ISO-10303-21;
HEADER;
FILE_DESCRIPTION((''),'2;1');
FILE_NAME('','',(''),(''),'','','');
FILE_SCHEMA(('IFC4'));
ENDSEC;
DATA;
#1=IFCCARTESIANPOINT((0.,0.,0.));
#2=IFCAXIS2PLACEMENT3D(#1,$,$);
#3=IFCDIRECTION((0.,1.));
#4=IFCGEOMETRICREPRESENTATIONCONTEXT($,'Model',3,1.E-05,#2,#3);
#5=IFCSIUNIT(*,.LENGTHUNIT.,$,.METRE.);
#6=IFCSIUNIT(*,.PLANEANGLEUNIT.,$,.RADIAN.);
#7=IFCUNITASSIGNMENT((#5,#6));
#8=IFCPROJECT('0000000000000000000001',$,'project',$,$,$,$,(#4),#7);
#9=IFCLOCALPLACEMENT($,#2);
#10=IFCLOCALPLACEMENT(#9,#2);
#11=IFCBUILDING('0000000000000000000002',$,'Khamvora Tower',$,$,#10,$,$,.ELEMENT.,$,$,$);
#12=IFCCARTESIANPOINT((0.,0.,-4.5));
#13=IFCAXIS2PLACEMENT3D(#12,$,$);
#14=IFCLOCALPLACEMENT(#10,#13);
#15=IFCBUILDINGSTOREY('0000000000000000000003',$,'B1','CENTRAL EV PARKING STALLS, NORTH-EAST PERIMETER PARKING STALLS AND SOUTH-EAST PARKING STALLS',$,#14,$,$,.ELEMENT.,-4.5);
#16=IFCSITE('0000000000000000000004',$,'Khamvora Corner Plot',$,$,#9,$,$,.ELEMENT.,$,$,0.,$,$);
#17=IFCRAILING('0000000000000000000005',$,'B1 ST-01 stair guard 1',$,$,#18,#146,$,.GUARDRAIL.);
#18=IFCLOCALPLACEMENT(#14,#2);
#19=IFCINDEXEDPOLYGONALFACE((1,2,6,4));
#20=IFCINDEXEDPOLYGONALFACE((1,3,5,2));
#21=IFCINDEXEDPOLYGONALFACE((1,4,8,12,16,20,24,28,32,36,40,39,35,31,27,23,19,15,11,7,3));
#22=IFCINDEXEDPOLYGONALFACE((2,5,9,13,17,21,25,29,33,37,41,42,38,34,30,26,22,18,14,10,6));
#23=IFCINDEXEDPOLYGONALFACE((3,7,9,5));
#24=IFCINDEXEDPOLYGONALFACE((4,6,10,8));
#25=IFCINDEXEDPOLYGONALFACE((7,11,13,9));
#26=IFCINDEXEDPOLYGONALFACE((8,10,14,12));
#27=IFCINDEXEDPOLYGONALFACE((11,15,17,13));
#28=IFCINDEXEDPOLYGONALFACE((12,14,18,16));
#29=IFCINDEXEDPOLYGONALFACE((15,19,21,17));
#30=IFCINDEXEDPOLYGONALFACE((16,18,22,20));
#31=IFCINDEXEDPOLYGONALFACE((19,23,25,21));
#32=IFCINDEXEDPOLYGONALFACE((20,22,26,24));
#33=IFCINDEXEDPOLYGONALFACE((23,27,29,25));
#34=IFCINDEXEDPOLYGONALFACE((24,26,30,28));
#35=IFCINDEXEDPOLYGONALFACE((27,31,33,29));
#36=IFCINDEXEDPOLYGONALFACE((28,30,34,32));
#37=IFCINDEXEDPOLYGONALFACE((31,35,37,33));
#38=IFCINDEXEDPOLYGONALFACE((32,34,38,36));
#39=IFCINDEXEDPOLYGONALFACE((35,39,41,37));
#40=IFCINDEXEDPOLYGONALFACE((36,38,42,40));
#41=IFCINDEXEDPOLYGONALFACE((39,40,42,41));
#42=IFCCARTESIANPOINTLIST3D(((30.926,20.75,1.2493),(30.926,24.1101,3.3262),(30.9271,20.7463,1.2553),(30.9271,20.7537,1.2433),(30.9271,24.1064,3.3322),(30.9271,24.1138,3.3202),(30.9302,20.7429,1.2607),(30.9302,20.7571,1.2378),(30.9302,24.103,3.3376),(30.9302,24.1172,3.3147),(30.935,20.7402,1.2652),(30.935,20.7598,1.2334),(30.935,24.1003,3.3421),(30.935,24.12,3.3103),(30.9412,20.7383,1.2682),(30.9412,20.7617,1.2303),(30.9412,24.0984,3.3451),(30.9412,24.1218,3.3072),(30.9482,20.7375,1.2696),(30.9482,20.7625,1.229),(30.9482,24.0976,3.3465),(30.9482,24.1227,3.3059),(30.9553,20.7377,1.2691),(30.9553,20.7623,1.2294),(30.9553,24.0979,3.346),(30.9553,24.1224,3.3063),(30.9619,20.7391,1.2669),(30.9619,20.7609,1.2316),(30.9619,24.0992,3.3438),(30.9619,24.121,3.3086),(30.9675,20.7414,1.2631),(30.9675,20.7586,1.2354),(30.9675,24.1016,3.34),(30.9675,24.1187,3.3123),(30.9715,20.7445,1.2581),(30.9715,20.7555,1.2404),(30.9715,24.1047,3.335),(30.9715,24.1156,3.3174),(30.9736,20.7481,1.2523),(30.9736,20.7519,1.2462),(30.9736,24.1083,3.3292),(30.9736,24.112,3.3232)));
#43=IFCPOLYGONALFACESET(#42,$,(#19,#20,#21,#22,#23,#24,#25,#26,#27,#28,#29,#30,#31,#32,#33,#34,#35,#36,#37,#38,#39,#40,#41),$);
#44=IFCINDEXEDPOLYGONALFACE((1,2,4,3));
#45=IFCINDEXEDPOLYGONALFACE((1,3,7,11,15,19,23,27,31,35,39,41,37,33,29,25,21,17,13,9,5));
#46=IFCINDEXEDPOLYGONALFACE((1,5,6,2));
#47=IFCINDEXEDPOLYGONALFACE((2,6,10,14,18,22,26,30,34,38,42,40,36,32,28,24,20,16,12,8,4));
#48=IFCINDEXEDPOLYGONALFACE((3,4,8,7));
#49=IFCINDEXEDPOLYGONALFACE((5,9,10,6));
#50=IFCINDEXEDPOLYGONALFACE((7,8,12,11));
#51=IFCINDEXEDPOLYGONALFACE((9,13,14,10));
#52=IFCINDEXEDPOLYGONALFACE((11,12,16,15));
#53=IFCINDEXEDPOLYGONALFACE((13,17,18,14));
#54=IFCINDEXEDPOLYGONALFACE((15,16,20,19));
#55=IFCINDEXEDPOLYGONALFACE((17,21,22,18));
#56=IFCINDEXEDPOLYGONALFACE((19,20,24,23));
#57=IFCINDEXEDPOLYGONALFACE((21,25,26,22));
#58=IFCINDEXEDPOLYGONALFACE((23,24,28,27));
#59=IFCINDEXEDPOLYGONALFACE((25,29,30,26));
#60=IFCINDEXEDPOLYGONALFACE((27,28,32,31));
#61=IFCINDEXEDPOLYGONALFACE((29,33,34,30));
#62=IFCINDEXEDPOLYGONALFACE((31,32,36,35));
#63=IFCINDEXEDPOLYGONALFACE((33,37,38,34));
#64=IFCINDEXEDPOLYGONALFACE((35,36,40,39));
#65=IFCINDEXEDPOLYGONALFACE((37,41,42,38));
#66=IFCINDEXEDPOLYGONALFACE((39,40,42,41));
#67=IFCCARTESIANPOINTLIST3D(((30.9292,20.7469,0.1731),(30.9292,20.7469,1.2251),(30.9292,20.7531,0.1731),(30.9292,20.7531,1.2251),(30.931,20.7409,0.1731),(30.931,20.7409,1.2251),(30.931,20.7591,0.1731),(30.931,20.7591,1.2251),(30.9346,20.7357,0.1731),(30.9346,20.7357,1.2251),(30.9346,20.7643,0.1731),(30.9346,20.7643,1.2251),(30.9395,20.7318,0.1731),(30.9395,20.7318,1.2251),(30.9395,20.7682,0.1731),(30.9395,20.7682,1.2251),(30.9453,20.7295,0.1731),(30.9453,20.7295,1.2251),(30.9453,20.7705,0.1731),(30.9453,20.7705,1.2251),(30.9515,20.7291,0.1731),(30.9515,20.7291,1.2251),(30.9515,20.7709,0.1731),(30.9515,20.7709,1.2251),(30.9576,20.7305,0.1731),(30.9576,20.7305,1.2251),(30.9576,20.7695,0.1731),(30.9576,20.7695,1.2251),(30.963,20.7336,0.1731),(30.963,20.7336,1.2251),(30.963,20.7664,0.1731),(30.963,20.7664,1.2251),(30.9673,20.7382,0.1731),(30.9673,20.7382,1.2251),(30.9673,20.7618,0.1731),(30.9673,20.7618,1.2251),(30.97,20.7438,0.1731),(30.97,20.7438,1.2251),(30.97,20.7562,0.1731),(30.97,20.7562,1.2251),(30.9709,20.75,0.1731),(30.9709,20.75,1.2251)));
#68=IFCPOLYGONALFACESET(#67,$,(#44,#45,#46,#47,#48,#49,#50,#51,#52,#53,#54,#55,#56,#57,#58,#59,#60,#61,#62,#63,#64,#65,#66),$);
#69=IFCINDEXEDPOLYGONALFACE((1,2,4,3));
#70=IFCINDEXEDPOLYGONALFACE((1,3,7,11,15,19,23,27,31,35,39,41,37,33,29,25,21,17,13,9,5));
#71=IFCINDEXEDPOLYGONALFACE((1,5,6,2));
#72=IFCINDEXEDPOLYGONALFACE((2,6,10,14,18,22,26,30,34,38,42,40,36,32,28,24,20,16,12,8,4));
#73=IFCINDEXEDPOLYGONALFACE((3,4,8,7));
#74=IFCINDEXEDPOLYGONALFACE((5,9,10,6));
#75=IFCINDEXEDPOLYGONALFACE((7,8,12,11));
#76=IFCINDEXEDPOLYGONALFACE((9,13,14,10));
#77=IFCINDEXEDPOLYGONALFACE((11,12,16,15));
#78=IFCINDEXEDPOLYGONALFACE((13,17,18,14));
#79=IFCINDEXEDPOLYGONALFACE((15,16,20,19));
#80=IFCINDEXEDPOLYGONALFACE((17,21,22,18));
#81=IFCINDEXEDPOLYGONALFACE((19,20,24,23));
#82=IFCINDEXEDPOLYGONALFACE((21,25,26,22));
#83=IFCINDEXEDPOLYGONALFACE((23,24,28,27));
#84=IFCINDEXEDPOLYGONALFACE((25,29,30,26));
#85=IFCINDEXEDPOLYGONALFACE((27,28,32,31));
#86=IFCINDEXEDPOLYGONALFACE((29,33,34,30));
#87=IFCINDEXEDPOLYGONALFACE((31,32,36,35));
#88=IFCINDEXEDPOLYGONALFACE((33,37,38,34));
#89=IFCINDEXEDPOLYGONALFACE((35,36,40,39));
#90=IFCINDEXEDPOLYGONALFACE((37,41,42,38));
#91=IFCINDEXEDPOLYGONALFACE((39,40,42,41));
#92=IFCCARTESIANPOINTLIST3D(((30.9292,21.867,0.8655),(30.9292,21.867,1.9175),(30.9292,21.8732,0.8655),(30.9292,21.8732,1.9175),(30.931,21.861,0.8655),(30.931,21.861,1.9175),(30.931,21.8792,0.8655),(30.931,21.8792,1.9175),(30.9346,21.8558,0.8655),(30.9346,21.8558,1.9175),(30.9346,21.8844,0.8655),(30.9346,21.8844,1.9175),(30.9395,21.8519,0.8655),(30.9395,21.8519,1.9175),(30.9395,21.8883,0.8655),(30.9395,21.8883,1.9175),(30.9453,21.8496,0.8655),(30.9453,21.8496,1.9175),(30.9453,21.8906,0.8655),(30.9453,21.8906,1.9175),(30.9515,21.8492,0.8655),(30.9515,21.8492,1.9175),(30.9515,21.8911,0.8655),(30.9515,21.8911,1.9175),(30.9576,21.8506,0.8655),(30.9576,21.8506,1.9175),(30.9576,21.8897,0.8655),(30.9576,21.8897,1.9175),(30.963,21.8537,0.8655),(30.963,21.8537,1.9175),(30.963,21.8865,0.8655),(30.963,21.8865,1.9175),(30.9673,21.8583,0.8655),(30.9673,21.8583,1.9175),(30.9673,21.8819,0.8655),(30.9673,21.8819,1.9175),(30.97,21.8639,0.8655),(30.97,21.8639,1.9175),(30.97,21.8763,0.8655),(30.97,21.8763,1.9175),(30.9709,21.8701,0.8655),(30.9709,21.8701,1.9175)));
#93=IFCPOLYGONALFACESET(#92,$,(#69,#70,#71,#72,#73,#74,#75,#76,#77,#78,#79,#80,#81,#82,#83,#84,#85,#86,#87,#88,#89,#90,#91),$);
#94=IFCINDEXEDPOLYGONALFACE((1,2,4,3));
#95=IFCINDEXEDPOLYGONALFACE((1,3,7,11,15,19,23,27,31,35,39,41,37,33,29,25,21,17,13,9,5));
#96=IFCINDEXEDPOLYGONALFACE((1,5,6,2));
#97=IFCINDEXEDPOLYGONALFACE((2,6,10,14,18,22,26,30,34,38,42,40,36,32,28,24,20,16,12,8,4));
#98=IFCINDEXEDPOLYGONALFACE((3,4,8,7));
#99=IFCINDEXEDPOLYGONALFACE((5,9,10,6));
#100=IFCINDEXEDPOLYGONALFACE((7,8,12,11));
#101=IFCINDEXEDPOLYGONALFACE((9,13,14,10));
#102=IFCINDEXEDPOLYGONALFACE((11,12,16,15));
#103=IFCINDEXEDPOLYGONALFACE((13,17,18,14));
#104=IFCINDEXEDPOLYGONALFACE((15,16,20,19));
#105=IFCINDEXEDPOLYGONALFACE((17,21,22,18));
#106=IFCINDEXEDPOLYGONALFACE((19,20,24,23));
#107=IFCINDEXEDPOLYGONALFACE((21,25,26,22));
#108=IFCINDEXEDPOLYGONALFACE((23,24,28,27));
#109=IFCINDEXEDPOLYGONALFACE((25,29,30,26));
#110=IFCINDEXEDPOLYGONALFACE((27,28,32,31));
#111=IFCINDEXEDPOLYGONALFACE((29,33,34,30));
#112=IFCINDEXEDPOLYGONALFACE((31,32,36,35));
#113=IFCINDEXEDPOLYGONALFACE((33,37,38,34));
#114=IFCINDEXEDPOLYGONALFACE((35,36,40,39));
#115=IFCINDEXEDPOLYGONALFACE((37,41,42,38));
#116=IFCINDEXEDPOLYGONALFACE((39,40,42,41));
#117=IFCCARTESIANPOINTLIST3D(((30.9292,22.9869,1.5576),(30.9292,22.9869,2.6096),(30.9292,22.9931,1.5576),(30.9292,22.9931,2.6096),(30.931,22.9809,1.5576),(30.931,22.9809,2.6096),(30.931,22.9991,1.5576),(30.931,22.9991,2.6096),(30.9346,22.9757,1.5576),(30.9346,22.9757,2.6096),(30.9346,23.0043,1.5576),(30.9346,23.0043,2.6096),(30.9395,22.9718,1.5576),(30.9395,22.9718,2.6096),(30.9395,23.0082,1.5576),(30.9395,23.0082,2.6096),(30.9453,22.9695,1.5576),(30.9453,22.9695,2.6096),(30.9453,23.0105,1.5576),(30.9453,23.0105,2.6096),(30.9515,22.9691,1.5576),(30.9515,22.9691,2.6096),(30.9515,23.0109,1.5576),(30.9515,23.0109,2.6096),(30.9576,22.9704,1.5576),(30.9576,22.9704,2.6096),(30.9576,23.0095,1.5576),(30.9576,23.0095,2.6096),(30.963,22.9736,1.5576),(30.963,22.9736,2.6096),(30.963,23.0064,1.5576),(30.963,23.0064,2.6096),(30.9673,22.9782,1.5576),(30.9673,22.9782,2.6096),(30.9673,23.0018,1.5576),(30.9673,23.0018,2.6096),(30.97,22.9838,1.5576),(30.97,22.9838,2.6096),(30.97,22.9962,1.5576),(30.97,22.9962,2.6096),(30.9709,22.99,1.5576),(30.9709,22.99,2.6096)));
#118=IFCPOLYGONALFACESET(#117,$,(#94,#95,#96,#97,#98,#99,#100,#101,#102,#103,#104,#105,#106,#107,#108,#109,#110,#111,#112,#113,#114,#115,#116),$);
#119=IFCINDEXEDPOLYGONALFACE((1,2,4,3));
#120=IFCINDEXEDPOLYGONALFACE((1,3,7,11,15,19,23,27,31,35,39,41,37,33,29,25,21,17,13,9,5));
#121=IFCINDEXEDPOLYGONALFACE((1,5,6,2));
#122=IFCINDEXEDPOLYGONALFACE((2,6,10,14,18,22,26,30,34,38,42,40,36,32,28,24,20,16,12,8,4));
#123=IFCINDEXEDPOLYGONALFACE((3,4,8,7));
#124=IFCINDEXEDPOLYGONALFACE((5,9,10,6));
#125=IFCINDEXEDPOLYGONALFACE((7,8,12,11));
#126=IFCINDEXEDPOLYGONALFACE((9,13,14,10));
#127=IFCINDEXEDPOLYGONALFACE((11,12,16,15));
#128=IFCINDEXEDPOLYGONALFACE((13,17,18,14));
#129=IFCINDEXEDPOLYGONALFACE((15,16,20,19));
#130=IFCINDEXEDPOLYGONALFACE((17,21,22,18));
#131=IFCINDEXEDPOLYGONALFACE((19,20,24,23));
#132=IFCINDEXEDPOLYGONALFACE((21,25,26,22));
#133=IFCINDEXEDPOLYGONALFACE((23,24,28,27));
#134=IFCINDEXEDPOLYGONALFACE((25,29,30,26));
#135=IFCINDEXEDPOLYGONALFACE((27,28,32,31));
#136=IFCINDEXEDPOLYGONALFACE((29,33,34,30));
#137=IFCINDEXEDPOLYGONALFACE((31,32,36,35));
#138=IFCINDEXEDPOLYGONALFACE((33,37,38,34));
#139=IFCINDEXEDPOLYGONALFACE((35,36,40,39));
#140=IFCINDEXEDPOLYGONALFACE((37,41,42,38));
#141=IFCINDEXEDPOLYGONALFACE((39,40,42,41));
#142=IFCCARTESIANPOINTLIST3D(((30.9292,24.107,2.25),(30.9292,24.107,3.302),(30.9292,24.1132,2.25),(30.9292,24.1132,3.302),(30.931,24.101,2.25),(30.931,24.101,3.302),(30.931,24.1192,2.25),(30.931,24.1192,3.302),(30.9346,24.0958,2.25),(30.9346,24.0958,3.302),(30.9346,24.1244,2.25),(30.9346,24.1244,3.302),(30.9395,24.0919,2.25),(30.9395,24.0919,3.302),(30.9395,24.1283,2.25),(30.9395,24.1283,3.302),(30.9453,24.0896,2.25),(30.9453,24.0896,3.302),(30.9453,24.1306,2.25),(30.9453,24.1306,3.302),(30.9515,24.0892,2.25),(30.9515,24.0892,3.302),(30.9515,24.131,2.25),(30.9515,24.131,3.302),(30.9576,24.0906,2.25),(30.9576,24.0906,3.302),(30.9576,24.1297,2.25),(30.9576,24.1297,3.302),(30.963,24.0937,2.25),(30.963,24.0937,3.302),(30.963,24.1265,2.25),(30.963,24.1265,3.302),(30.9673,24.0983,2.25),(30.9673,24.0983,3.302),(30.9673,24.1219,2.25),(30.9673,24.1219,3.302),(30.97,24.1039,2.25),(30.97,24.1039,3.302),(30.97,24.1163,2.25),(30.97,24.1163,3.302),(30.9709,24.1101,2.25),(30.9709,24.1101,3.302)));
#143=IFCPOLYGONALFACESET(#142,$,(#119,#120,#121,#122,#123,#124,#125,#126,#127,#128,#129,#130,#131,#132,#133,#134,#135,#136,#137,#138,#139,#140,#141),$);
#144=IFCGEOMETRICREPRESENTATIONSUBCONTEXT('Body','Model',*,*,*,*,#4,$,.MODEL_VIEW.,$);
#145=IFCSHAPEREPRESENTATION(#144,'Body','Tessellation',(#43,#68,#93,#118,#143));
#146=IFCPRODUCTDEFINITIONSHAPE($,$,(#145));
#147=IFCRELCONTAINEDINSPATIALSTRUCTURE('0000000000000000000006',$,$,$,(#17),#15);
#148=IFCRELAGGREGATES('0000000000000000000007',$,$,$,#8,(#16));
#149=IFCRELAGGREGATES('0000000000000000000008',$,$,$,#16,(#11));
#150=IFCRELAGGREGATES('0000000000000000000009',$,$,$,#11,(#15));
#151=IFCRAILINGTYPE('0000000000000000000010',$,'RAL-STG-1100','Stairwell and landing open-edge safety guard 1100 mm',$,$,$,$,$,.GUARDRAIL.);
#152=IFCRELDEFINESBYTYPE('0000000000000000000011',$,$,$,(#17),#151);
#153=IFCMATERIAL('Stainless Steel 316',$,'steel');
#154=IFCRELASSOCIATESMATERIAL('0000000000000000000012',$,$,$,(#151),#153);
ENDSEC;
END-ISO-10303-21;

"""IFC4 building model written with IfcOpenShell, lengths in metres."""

from ifc_helpers import new_model, si_unit, direction, frame, origin, origin_2d, place, context, subcontext, project, spatial, circle, extrude, material, type_object, element, save


model = new_model("IFC4")

# Units and contexts
model_context = context("Model", 3, precision=1e-05, world=origin(), true_north=direction((0.0, 1.0)))
body_context = subcontext(model_context, "Body", "Model", "MODEL_VIEW")
ifc_project = project(units=[si_unit("LENGTHUNIT", "METRE"), si_unit("PLANEANGLEUNIT", "RADIAN")], contexts=[model_context])

# Site, building, storey
site_placement = place(None, origin())
site = spatial("IfcSite", under=ifc_project, at=site_placement, Name="Khamvora Corner Plot", CompositionType="ELEMENT", RefElevation=0.0)
building_placement = place(site_placement, origin())
building = spatial("IfcBuilding", under=site, at=building_placement, Name="Khamvora Tower", CompositionType="ELEMENT")
storey_placement = place(building_placement, frame((0.0, 0.0, -4.5)))
storey = spatial("IfcBuildingStorey", under=building, at=storey_placement, Name="B1", Description="CENTRAL EV PARKING STALLS, NORTH-EAST PERIMETER PARKING STALLS AND SOUTH-EAST PARKING STALLS", CompositionType="ELEMENT", Elevation=-4.5)

# Railing
ifc_material_1 = material(Name="Stainless Steel 316", Category="steel")
railing_type_1 = type_object("IfcRailingType", Name="RAL-STG-1100", Description="Stairwell and landing open-edge safety guard 1100 mm", PredefinedType="GUARDRAIL", material=ifc_material_1)
railing_1_placement = place(storey_placement, frame((30.95, 20.75, 0.1731)))
element("IfcRailing", 1, at=railing_1_placement, inside=storey, type_object=railing_type_1, Name="B1 ST-01 stair guard 1", PredefinedType="GUARDRAIL", context=body_context, shape_type="SweptSolid", body=[
    extrude(circle(Radius=0.0239, at=origin_2d()), frame((0.0, 0.0, 1.0762), z_axis=(0.0, 0.850623, 0.525776), x_axis=(-1.0, 0.0, 0.0)), (0.0, 0.0, 1.0), 3.9502),
    extrude(circle(Radius=0.021, at=origin_2d()), origin(), (0.0, 0.0, 1.0), 1.052),
    extrude(circle(Radius=0.021, at=origin_2d()), frame((0.0, 1.1201, 0.6924)), (0.0, 0.0, 1.0), 1.052),
    extrude(circle(Radius=0.021, at=origin_2d()), frame((0.0, 2.24, 1.3845)), (0.0, 0.0, 1.0), 1.052),
    extrude(circle(Radius=0.021, at=origin_2d()), frame((0.0, 3.3601, 2.0769)), (0.0, 0.0, 1.0), 1.052),
])

save(model, "model.ifc")
